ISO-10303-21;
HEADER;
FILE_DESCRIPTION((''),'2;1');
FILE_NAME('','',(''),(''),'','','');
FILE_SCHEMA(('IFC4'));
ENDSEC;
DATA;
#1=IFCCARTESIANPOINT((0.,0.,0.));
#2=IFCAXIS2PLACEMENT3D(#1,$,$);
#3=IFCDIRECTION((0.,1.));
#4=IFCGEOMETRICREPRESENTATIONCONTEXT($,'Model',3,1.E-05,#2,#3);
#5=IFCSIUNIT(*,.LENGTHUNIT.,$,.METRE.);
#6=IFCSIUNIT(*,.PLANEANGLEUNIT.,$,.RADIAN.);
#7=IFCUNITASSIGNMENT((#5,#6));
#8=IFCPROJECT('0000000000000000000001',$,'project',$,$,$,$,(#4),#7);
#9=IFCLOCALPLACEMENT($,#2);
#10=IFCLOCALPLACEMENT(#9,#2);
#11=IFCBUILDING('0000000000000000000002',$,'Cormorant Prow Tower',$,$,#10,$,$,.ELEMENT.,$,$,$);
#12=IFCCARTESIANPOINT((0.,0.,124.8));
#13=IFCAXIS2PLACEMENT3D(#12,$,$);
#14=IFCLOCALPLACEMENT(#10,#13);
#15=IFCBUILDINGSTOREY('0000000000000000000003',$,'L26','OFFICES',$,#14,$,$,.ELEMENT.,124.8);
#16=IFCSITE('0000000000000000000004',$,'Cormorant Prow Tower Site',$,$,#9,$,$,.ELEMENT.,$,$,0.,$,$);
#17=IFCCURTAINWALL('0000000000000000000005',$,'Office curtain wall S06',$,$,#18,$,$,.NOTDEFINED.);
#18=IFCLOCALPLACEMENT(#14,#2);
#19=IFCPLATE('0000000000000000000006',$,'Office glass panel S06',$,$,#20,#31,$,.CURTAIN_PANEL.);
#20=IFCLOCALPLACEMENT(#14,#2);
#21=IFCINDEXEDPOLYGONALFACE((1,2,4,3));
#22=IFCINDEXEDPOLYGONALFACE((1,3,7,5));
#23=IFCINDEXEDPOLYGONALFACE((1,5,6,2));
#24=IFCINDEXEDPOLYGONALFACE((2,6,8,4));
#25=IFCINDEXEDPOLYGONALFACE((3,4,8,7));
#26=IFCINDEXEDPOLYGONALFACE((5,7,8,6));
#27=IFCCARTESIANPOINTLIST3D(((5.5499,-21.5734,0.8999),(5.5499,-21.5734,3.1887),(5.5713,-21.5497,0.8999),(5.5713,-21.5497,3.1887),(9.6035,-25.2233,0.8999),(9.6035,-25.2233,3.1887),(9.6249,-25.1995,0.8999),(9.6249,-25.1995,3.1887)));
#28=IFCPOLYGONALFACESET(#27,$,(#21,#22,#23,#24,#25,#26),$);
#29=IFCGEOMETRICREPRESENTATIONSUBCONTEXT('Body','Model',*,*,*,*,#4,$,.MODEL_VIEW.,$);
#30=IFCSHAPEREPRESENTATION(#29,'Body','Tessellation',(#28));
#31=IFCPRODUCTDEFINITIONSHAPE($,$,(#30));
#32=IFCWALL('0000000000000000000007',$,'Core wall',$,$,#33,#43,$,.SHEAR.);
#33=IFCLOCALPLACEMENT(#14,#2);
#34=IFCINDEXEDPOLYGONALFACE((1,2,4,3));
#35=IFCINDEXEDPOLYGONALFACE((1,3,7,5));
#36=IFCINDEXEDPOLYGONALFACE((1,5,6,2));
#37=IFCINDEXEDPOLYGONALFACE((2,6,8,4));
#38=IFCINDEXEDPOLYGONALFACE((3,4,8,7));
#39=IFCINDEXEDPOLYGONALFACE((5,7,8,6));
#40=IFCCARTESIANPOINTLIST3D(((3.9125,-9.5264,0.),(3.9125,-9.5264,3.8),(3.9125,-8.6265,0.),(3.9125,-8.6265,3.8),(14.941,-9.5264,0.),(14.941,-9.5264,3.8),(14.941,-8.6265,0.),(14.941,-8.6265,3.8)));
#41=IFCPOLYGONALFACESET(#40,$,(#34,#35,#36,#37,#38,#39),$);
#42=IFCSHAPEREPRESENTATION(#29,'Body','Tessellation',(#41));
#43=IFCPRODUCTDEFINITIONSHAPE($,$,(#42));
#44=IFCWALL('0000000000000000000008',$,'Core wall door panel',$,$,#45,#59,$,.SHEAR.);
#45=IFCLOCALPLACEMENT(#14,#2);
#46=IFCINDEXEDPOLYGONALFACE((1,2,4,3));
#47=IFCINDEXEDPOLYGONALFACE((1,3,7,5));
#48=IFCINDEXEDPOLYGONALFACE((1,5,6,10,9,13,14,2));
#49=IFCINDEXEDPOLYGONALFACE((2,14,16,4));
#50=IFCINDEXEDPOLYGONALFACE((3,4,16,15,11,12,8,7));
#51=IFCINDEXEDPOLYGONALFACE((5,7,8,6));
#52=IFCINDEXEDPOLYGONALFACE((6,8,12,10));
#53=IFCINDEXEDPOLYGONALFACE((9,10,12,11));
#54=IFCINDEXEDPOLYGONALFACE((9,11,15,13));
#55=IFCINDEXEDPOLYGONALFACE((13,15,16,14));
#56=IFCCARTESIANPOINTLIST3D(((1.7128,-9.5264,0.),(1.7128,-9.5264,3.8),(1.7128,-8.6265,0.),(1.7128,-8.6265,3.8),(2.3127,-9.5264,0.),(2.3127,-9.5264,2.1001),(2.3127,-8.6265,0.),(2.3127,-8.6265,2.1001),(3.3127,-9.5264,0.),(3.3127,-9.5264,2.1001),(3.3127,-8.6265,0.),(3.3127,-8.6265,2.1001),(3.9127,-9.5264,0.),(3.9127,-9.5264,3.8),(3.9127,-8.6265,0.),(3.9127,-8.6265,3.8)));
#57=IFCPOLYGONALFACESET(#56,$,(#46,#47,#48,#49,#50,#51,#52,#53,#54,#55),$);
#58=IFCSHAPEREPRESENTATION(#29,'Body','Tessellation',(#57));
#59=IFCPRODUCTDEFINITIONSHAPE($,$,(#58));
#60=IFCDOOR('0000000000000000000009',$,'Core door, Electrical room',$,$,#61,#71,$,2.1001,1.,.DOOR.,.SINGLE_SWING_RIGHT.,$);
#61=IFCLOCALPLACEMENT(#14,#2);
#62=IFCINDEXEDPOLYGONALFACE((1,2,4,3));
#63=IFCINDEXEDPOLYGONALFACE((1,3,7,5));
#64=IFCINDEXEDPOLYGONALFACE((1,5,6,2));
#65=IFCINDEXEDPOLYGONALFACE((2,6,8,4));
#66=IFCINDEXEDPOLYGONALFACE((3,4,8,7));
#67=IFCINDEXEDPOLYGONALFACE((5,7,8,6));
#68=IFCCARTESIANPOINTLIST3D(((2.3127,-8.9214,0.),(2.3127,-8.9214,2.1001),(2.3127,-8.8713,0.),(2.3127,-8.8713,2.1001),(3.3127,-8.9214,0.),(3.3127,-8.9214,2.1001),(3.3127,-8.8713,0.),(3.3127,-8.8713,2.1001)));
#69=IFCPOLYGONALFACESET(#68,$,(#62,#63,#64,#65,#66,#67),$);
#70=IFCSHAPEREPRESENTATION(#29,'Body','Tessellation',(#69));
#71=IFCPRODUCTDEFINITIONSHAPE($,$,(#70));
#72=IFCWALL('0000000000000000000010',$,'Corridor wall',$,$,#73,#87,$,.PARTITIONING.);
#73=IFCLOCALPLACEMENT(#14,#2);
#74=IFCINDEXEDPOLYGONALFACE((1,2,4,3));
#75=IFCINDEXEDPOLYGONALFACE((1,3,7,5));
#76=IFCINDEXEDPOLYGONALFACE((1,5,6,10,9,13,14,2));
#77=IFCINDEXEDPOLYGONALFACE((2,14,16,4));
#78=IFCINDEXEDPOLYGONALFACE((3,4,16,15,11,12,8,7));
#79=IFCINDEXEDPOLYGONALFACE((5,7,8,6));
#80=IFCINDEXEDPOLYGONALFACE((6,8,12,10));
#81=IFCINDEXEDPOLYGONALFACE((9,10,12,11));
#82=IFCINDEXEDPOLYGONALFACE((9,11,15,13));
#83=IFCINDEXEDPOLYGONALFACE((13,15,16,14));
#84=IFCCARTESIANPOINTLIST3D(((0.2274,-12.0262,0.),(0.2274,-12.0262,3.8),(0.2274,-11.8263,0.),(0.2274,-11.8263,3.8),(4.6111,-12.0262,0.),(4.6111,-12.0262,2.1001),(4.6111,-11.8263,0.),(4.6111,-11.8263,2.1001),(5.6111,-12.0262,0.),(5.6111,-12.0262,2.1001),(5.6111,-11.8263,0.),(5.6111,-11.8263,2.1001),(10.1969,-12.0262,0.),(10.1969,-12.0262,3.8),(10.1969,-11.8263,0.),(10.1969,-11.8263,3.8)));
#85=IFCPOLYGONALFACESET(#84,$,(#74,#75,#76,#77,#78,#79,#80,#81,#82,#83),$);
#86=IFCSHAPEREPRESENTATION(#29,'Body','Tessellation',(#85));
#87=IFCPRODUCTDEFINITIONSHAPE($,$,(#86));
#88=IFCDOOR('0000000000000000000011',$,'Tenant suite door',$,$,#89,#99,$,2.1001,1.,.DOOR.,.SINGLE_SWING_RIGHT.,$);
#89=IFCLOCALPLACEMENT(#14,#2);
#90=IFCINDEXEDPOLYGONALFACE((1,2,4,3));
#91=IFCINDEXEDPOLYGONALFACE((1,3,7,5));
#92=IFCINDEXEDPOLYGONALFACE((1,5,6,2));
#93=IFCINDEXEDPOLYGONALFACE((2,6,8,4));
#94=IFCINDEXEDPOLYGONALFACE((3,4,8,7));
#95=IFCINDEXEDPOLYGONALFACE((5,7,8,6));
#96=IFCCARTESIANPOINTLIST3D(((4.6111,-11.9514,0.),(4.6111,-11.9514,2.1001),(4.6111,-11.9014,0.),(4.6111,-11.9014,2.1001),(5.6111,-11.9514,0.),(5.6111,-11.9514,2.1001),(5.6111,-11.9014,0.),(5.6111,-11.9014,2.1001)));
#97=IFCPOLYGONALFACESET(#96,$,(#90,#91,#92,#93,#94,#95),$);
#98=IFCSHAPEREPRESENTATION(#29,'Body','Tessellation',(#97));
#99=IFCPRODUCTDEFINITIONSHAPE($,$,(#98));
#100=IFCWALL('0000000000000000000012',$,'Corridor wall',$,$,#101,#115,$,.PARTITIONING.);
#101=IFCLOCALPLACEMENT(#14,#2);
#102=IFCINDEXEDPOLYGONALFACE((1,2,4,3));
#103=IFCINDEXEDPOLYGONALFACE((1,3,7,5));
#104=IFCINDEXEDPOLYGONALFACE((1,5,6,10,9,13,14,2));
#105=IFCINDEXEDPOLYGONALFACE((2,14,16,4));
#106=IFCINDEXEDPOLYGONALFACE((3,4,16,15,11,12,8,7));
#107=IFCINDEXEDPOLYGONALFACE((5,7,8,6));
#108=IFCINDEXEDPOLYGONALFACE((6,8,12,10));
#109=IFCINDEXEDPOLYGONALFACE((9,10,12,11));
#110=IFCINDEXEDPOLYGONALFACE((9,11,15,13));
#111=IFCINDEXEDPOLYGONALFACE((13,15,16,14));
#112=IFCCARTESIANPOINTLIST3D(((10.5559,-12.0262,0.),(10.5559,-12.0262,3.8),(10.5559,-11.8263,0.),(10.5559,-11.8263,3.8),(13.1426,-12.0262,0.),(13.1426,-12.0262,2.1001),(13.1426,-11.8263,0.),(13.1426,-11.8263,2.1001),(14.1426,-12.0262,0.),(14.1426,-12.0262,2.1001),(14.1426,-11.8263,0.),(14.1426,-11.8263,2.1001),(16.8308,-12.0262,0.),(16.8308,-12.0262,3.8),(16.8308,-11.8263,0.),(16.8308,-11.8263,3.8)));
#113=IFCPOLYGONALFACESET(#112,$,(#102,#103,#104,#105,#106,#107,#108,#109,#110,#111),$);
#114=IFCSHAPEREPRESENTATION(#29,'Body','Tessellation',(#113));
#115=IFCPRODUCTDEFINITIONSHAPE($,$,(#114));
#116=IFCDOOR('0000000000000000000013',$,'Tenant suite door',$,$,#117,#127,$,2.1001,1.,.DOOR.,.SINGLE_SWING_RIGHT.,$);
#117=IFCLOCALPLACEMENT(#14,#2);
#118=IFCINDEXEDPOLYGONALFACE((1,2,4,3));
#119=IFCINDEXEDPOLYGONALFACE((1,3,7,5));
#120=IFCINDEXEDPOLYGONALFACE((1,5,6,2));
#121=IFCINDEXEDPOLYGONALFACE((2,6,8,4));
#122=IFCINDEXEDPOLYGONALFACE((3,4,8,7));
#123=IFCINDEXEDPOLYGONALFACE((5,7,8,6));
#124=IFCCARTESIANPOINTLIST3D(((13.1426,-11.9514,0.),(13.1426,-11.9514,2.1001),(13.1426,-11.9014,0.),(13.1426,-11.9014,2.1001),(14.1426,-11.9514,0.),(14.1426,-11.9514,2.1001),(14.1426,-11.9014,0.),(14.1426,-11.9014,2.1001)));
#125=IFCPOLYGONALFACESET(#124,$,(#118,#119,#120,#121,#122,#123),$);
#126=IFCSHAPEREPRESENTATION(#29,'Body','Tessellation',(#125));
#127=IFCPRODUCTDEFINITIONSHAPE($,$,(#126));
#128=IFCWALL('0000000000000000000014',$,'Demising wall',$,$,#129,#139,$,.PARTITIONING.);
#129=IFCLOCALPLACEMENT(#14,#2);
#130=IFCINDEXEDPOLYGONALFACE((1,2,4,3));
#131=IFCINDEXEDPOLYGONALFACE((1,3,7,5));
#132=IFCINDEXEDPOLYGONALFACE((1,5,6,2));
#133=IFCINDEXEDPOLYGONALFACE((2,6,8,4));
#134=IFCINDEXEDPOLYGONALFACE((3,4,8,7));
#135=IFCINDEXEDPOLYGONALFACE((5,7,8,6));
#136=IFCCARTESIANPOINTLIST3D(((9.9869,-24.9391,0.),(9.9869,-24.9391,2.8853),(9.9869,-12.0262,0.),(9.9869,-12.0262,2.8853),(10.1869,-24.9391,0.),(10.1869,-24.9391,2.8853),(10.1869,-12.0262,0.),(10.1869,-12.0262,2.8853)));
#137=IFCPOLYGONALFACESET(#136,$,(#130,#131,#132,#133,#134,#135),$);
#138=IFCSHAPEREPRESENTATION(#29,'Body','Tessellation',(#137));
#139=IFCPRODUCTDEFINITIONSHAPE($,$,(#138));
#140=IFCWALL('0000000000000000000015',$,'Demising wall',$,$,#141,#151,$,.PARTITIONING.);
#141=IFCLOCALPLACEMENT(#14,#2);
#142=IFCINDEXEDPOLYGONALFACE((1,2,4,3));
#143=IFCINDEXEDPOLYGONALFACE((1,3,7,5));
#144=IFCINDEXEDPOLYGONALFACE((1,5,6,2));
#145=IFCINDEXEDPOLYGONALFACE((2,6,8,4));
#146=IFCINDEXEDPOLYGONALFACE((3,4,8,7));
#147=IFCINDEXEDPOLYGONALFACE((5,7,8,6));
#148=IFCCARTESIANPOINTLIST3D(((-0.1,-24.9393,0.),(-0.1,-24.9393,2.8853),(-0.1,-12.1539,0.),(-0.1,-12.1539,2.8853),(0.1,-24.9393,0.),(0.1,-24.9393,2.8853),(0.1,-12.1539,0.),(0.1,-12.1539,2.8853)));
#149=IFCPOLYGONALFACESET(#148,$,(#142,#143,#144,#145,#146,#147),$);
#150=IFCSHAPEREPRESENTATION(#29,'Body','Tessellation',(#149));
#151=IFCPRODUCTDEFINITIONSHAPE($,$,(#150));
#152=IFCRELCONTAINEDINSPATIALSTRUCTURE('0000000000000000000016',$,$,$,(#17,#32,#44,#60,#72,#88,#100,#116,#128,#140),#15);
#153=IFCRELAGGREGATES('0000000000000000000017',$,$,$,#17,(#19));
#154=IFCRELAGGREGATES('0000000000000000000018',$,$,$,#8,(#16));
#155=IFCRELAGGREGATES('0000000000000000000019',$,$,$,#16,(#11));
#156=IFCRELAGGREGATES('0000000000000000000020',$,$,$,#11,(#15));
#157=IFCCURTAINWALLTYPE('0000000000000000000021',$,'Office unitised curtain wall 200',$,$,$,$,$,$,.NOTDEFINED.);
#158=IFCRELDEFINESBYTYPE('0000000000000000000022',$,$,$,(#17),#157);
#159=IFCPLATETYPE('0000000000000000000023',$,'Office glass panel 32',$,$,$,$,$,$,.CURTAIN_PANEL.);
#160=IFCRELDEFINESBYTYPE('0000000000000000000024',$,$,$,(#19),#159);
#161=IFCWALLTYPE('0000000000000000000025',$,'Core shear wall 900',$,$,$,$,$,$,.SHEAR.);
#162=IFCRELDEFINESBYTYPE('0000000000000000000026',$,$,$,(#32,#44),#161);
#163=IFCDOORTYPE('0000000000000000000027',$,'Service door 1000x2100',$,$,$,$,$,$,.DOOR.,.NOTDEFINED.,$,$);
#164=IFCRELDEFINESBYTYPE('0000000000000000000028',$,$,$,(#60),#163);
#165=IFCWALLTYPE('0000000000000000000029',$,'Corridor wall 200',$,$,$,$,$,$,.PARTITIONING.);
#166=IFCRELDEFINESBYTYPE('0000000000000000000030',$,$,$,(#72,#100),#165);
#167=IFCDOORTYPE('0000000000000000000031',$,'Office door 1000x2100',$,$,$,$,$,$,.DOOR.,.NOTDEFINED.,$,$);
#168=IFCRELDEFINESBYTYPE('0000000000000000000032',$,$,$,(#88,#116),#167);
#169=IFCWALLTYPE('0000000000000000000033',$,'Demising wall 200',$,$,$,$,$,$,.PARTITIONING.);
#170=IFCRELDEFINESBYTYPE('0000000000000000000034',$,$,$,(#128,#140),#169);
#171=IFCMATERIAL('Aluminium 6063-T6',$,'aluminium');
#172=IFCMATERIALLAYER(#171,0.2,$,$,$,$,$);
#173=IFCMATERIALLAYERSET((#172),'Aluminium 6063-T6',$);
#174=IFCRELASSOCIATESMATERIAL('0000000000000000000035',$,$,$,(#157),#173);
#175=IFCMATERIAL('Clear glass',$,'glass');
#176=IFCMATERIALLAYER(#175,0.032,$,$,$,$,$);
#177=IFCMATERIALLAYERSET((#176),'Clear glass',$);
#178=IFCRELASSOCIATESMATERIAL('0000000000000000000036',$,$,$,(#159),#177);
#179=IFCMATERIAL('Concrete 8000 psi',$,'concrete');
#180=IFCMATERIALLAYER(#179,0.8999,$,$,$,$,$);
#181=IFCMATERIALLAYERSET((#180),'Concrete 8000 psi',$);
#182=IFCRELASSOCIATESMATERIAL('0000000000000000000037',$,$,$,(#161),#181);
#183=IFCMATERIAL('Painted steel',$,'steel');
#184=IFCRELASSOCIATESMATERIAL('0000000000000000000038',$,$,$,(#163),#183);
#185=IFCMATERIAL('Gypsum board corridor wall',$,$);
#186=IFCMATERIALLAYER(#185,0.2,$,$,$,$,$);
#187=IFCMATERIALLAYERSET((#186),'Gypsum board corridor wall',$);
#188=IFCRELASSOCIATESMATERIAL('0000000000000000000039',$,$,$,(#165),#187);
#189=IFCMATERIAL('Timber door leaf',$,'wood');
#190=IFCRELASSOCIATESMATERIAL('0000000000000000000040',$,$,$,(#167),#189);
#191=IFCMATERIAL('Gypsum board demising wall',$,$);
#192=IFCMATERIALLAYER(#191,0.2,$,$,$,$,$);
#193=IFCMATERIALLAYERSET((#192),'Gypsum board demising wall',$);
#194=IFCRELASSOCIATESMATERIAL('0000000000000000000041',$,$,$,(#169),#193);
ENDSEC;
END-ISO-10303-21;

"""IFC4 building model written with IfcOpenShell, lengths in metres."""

from ifc_helpers import new_model, si_unit, direction, frame, frame_2d, origin, origin_2d, place, context, subcontext, project, spatial, rectangle, extrude, material, layer, layer_set, type_object, element, fill, aggregate, save


model = new_model("IFC4")

# Units and contexts
model_context = context("Model", 3, precision=1e-05, world=origin(), true_north=direction((0.0, 1.0)))
body_context = subcontext(model_context, "Body", "Model", "MODEL_VIEW")
ifc_project = project(units=[si_unit("LENGTHUNIT", "METRE"), si_unit("PLANEANGLEUNIT", "RADIAN")], contexts=[model_context])

# Site, building, storey
site_placement = place(None, origin())
site = spatial("IfcSite", under=ifc_project, at=site_placement, Name="Cormorant Prow Tower Site", CompositionType="ELEMENT", RefElevation=0.0)
building_placement = place(site_placement, origin())
building = spatial("IfcBuilding", under=site, at=building_placement, Name="Cormorant Prow Tower", CompositionType="ELEMENT")
storey_placement = place(building_placement, frame((0.0, 0.0, 124.8)))
storey = spatial("IfcBuildingStorey", under=building, at=storey_placement, Name="L26", Description="OFFICES", CompositionType="ELEMENT", Elevation=124.8)

# Curtain wall
ifc_material_1 = material(Name="Aluminium 6063-T6", Category="aluminium")
ifc_layer_1 = layer(ifc_material_1, 0.2)
ifc_layer_set_1 = layer_set([ifc_layer_1], Name="Aluminium 6063-T6")
curtain_wall_type = type_object("IfcCurtainWallType", Name="Office unitised curtain wall 200", PredefinedType="NOTDEFINED", material=ifc_layer_set_1)
curtain_wall_placement = place(storey_placement, origin())
curtain_wall = element("IfcCurtainWall", 1, at=curtain_wall_placement, inside=storey, type_object=curtain_wall_type, Name="Office curtain wall S06", PredefinedType="NOTDEFINED")

# Plate
ifc_material_2 = material(Name="Clear glass", Category="glass")
ifc_layer_2 = layer(ifc_material_2, 0.032)
ifc_layer_set_2 = layer_set([ifc_layer_2], Name="Clear glass")
plate_type = type_object("IfcPlateType", Name="Office glass panel 32", PredefinedType="CURTAIN_PANEL", material=ifc_layer_set_2)
plate_placement = place(storey_placement, frame((7.5874, -23.3865, 0.8999), z_axis=(0.0, 0.0, 1.0), x_axis=(0.743145, -0.669131, 0.0)))
plate = element("IfcPlate", 2, at=plate_placement, type_object=plate_type, Name="Office glass panel S06", PredefinedType="CURTAIN_PANEL", context=body_context, shape_type="SweptSolid", body=[
    extrude(rectangle(XDim=5.4546, YDim=0.032, at=origin_2d()), origin(), (0.0, 0.0, 1.0), 2.2888),
])
aggregate(curtain_wall, [plate])

# Wall
ifc_material_3 = material(Name="Concrete 8000 psi", Category="concrete")
ifc_layer_3 = layer(ifc_material_3, 0.8999)
ifc_layer_set_3 = layer_set([ifc_layer_3], Name="Concrete 8000 psi")
wall_type_1 = type_object("IfcWallType", Name="Core shear wall 900", PredefinedType="SHEAR", material=ifc_layer_set_3)
wall_1_placement = place(storey_placement, frame((3.9126, -9.0764, 0.0), z_axis=(0.0, 0.0, 1.0), x_axis=(1.0, 0.0, 0.0)))
element("IfcWall", 3, at=wall_1_placement, inside=storey, type_object=wall_type_1, Name="Core wall", PredefinedType="SHEAR", context=body_context, shape_type="SweptSolid", body=[
    extrude(rectangle(XDim=11.0286, YDim=0.8999, at=frame_2d((5.5142, 0.0))), origin(), (0.0, 0.0, 1.0), 3.8),
])

# Walls, openings, doors
wall_2_placement = place(storey_placement, frame((1.7126, -9.0764, 0.0), z_axis=(0.0, 0.0, 1.0), x_axis=(1.0, 0.0, 0.0)))
wall_2 = element("IfcWall", 4, at=wall_2_placement, inside=storey, type_object=wall_type_1, Name="Core wall door panel", PredefinedType="SHEAR", context=body_context, shape_type="SweptSolid", body=[
    extrude(rectangle(XDim=2.2, YDim=0.8999, at=frame_2d((1.1001, 0.0))), origin(), (0.0, 0.0, 1.0), 3.8),
])
opening_1_placement = place(wall_2_placement, frame((0.6001, 0.0, 0.0)))
opening_1 = element("IfcOpeningElement", 5, at=opening_1_placement, cuts=wall_2, PredefinedType="OPENING", context=body_context, shape_type="SweptSolid", body=[
    extrude(rectangle(XDim=1.0, YDim=2.1001, at=frame_2d((0.5, 1.05))), frame((0.0, 0.46, 0.0), z_axis=(0.0, -1.0, 0.0), x_axis=(1.0, 0.0, 0.0)), (0.0, 0.0, 1.0), 0.9199),
])
ifc_material_4 = material(Name="Painted steel", Category="steel")
door_type_1 = type_object("IfcDoorType", Name="Service door 1000x2100", OperationType="NOTDEFINED", PredefinedType="DOOR", material=ifc_material_4)
door_1_placement = place(opening_1_placement, origin())
door_1 = element("IfcDoor", 6, at=door_1_placement, inside=storey, type_object=door_type_1, Name="Core door, Electrical room", OperationType="SINGLE_SWING_RIGHT", OverallHeight=2.1001, OverallWidth=1.0, PredefinedType="DOOR", context=body_context, shape_type="SweptSolid", body=[
    extrude(rectangle(XDim=1.0, YDim=2.1001, at=frame_2d((0.5, 1.05))), frame((0.0, 0.2051, 0.0), z_axis=(0.0, -1.0, 0.0), x_axis=(1.0, 0.0, 0.0)), (0.0, 0.0, 1.0), 0.05),
])
fill(opening_1, door_1)
ifc_material_5 = material(Name="Gypsum board corridor wall")
ifc_layer_4 = layer(ifc_material_5, 0.2)
ifc_layer_set_4 = layer_set([ifc_layer_4], Name="Gypsum board corridor wall")
wall_type_2 = type_object("IfcWallType", Name="Corridor wall 200", PredefinedType="PARTITIONING", material=ifc_layer_set_4)
wall_3_placement = place(storey_placement, frame((0.2273, -11.9263, 0.0), z_axis=(0.0, 0.0, 1.0), x_axis=(1.0, 0.0, 0.0)))
wall_3 = element("IfcWall", 7, at=wall_3_placement, inside=storey, type_object=wall_type_2, Name="Corridor wall", PredefinedType="PARTITIONING", context=body_context, shape_type="SweptSolid", body=[
    extrude(rectangle(XDim=9.9695, YDim=0.2, at=frame_2d((4.9849, 0.0))), origin(), (0.0, 0.0, 1.0), 3.8),
])
opening_2_placement = place(wall_3_placement, frame((4.3838, 0.0, 0.0)))
opening_2 = element("IfcOpeningElement", 8, at=opening_2_placement, cuts=wall_3, PredefinedType="OPENING", context=body_context, shape_type="SweptSolid", body=[
    extrude(rectangle(XDim=1.0, YDim=2.1001, at=frame_2d((0.5, 1.05))), frame((0.0, 0.1099, 0.0), z_axis=(0.0, -1.0, 0.0), x_axis=(1.0, 0.0, 0.0)), (0.0, 0.0, 1.0), 0.22),
])
ifc_material_6 = material(Name="Timber door leaf", Category="wood")
door_type_2 = type_object("IfcDoorType", Name="Office door 1000x2100", OperationType="NOTDEFINED", PredefinedType="DOOR", material=ifc_material_6)
door_2_placement = place(opening_2_placement, origin())
door_2 = element("IfcDoor", 9, at=door_2_placement, inside=storey, type_object=door_type_2, Name="Tenant suite door", OperationType="SINGLE_SWING_RIGHT", OverallHeight=2.1001, OverallWidth=1.0, PredefinedType="DOOR", context=body_context, shape_type="SweptSolid", body=[
    extrude(rectangle(XDim=1.0, YDim=2.1001, at=frame_2d((0.5, 1.05))), frame((0.0, 0.0249, 0.0), z_axis=(0.0, -1.0, 0.0), x_axis=(1.0, 0.0, 0.0)), (0.0, 0.0, 1.0), 0.05),
])
fill(opening_2, door_2)
wall_4_placement = place(storey_placement, frame((10.5559, -11.9263, 0.0), z_axis=(0.0, 0.0, 1.0), x_axis=(1.0, 0.0, 0.0)))
wall_4 = element("IfcWall", 10, at=wall_4_placement, inside=storey, type_object=wall_type_2, Name="Corridor wall", PredefinedType="PARTITIONING", context=body_context, shape_type="SweptSolid", body=[
    extrude(rectangle(XDim=6.2749, YDim=0.2, at=frame_2d((3.1375, 0.0))), origin(), (0.0, 0.0, 1.0), 3.8),
])
opening_3_placement = place(wall_4_placement, frame((2.5867, 0.0, 0.0)))
opening_3 = element("IfcOpeningElement", 11, at=opening_3_placement, cuts=wall_4, PredefinedType="OPENING", context=body_context, shape_type="SweptSolid", body=[
    extrude(rectangle(XDim=1.0, YDim=2.1001, at=frame_2d((0.5, 1.05))), frame((0.0, 0.1099, 0.0), z_axis=(0.0, -1.0, 0.0), x_axis=(1.0, 0.0, 0.0)), (0.0, 0.0, 1.0), 0.22),
])
door_3_placement = place(opening_3_placement, origin())
door_3 = element("IfcDoor", 12, at=door_3_placement, inside=storey, type_object=door_type_2, Name="Tenant suite door", OperationType="SINGLE_SWING_RIGHT", OverallHeight=2.1001, OverallWidth=1.0, PredefinedType="DOOR", context=body_context, shape_type="SweptSolid", body=[
    extrude(rectangle(XDim=1.0, YDim=2.1001, at=frame_2d((0.5, 1.05))), frame((0.0, 0.0249, 0.0), z_axis=(0.0, -1.0, 0.0), x_axis=(1.0, 0.0, 0.0)), (0.0, 0.0, 1.0), 0.05),
])
fill(opening_3, door_3)

# Walls
ifc_material_7 = material(Name="Gypsum board demising wall")
ifc_layer_5 = layer(ifc_material_7, 0.2)
ifc_layer_set_5 = layer_set([ifc_layer_5], Name="Gypsum board demising wall")
wall_type_3 = type_object("IfcWallType", Name="Demising wall 200", PredefinedType="PARTITIONING", material=ifc_layer_set_5)
wall_5_placement = place(storey_placement, frame((10.0869, -24.9392, 0.0), z_axis=(0.0, 0.0, 1.0), x_axis=(0.0, 1.0, 0.0)))
element("IfcWall", 13, at=wall_5_placement, inside=storey, type_object=wall_type_3, Name="Demising wall", PredefinedType="PARTITIONING", context=body_context, shape_type="SweptSolid", body=[
    extrude(rectangle(XDim=12.9128, YDim=0.2, at=frame_2d((6.4565, 0.0))), origin(), (0.0, 0.0, 1.0), 2.8853),
])
wall_6_placement = place(storey_placement, frame((0.0, -24.9392, 0.0), z_axis=(0.0, 0.0, 1.0), x_axis=(0.0, 1.0, 0.0)))
element("IfcWall", 14, at=wall_6_placement, inside=storey, type_object=wall_type_3, Name="Demising wall", PredefinedType="PARTITIONING", context=body_context, shape_type="SweptSolid", body=[
    extrude(rectangle(XDim=12.7854, YDim=0.2, at=frame_2d((6.3926, 0.0))), origin(), (0.0, 0.0, 1.0), 2.8853),
])

save(model, "model.ifc")
